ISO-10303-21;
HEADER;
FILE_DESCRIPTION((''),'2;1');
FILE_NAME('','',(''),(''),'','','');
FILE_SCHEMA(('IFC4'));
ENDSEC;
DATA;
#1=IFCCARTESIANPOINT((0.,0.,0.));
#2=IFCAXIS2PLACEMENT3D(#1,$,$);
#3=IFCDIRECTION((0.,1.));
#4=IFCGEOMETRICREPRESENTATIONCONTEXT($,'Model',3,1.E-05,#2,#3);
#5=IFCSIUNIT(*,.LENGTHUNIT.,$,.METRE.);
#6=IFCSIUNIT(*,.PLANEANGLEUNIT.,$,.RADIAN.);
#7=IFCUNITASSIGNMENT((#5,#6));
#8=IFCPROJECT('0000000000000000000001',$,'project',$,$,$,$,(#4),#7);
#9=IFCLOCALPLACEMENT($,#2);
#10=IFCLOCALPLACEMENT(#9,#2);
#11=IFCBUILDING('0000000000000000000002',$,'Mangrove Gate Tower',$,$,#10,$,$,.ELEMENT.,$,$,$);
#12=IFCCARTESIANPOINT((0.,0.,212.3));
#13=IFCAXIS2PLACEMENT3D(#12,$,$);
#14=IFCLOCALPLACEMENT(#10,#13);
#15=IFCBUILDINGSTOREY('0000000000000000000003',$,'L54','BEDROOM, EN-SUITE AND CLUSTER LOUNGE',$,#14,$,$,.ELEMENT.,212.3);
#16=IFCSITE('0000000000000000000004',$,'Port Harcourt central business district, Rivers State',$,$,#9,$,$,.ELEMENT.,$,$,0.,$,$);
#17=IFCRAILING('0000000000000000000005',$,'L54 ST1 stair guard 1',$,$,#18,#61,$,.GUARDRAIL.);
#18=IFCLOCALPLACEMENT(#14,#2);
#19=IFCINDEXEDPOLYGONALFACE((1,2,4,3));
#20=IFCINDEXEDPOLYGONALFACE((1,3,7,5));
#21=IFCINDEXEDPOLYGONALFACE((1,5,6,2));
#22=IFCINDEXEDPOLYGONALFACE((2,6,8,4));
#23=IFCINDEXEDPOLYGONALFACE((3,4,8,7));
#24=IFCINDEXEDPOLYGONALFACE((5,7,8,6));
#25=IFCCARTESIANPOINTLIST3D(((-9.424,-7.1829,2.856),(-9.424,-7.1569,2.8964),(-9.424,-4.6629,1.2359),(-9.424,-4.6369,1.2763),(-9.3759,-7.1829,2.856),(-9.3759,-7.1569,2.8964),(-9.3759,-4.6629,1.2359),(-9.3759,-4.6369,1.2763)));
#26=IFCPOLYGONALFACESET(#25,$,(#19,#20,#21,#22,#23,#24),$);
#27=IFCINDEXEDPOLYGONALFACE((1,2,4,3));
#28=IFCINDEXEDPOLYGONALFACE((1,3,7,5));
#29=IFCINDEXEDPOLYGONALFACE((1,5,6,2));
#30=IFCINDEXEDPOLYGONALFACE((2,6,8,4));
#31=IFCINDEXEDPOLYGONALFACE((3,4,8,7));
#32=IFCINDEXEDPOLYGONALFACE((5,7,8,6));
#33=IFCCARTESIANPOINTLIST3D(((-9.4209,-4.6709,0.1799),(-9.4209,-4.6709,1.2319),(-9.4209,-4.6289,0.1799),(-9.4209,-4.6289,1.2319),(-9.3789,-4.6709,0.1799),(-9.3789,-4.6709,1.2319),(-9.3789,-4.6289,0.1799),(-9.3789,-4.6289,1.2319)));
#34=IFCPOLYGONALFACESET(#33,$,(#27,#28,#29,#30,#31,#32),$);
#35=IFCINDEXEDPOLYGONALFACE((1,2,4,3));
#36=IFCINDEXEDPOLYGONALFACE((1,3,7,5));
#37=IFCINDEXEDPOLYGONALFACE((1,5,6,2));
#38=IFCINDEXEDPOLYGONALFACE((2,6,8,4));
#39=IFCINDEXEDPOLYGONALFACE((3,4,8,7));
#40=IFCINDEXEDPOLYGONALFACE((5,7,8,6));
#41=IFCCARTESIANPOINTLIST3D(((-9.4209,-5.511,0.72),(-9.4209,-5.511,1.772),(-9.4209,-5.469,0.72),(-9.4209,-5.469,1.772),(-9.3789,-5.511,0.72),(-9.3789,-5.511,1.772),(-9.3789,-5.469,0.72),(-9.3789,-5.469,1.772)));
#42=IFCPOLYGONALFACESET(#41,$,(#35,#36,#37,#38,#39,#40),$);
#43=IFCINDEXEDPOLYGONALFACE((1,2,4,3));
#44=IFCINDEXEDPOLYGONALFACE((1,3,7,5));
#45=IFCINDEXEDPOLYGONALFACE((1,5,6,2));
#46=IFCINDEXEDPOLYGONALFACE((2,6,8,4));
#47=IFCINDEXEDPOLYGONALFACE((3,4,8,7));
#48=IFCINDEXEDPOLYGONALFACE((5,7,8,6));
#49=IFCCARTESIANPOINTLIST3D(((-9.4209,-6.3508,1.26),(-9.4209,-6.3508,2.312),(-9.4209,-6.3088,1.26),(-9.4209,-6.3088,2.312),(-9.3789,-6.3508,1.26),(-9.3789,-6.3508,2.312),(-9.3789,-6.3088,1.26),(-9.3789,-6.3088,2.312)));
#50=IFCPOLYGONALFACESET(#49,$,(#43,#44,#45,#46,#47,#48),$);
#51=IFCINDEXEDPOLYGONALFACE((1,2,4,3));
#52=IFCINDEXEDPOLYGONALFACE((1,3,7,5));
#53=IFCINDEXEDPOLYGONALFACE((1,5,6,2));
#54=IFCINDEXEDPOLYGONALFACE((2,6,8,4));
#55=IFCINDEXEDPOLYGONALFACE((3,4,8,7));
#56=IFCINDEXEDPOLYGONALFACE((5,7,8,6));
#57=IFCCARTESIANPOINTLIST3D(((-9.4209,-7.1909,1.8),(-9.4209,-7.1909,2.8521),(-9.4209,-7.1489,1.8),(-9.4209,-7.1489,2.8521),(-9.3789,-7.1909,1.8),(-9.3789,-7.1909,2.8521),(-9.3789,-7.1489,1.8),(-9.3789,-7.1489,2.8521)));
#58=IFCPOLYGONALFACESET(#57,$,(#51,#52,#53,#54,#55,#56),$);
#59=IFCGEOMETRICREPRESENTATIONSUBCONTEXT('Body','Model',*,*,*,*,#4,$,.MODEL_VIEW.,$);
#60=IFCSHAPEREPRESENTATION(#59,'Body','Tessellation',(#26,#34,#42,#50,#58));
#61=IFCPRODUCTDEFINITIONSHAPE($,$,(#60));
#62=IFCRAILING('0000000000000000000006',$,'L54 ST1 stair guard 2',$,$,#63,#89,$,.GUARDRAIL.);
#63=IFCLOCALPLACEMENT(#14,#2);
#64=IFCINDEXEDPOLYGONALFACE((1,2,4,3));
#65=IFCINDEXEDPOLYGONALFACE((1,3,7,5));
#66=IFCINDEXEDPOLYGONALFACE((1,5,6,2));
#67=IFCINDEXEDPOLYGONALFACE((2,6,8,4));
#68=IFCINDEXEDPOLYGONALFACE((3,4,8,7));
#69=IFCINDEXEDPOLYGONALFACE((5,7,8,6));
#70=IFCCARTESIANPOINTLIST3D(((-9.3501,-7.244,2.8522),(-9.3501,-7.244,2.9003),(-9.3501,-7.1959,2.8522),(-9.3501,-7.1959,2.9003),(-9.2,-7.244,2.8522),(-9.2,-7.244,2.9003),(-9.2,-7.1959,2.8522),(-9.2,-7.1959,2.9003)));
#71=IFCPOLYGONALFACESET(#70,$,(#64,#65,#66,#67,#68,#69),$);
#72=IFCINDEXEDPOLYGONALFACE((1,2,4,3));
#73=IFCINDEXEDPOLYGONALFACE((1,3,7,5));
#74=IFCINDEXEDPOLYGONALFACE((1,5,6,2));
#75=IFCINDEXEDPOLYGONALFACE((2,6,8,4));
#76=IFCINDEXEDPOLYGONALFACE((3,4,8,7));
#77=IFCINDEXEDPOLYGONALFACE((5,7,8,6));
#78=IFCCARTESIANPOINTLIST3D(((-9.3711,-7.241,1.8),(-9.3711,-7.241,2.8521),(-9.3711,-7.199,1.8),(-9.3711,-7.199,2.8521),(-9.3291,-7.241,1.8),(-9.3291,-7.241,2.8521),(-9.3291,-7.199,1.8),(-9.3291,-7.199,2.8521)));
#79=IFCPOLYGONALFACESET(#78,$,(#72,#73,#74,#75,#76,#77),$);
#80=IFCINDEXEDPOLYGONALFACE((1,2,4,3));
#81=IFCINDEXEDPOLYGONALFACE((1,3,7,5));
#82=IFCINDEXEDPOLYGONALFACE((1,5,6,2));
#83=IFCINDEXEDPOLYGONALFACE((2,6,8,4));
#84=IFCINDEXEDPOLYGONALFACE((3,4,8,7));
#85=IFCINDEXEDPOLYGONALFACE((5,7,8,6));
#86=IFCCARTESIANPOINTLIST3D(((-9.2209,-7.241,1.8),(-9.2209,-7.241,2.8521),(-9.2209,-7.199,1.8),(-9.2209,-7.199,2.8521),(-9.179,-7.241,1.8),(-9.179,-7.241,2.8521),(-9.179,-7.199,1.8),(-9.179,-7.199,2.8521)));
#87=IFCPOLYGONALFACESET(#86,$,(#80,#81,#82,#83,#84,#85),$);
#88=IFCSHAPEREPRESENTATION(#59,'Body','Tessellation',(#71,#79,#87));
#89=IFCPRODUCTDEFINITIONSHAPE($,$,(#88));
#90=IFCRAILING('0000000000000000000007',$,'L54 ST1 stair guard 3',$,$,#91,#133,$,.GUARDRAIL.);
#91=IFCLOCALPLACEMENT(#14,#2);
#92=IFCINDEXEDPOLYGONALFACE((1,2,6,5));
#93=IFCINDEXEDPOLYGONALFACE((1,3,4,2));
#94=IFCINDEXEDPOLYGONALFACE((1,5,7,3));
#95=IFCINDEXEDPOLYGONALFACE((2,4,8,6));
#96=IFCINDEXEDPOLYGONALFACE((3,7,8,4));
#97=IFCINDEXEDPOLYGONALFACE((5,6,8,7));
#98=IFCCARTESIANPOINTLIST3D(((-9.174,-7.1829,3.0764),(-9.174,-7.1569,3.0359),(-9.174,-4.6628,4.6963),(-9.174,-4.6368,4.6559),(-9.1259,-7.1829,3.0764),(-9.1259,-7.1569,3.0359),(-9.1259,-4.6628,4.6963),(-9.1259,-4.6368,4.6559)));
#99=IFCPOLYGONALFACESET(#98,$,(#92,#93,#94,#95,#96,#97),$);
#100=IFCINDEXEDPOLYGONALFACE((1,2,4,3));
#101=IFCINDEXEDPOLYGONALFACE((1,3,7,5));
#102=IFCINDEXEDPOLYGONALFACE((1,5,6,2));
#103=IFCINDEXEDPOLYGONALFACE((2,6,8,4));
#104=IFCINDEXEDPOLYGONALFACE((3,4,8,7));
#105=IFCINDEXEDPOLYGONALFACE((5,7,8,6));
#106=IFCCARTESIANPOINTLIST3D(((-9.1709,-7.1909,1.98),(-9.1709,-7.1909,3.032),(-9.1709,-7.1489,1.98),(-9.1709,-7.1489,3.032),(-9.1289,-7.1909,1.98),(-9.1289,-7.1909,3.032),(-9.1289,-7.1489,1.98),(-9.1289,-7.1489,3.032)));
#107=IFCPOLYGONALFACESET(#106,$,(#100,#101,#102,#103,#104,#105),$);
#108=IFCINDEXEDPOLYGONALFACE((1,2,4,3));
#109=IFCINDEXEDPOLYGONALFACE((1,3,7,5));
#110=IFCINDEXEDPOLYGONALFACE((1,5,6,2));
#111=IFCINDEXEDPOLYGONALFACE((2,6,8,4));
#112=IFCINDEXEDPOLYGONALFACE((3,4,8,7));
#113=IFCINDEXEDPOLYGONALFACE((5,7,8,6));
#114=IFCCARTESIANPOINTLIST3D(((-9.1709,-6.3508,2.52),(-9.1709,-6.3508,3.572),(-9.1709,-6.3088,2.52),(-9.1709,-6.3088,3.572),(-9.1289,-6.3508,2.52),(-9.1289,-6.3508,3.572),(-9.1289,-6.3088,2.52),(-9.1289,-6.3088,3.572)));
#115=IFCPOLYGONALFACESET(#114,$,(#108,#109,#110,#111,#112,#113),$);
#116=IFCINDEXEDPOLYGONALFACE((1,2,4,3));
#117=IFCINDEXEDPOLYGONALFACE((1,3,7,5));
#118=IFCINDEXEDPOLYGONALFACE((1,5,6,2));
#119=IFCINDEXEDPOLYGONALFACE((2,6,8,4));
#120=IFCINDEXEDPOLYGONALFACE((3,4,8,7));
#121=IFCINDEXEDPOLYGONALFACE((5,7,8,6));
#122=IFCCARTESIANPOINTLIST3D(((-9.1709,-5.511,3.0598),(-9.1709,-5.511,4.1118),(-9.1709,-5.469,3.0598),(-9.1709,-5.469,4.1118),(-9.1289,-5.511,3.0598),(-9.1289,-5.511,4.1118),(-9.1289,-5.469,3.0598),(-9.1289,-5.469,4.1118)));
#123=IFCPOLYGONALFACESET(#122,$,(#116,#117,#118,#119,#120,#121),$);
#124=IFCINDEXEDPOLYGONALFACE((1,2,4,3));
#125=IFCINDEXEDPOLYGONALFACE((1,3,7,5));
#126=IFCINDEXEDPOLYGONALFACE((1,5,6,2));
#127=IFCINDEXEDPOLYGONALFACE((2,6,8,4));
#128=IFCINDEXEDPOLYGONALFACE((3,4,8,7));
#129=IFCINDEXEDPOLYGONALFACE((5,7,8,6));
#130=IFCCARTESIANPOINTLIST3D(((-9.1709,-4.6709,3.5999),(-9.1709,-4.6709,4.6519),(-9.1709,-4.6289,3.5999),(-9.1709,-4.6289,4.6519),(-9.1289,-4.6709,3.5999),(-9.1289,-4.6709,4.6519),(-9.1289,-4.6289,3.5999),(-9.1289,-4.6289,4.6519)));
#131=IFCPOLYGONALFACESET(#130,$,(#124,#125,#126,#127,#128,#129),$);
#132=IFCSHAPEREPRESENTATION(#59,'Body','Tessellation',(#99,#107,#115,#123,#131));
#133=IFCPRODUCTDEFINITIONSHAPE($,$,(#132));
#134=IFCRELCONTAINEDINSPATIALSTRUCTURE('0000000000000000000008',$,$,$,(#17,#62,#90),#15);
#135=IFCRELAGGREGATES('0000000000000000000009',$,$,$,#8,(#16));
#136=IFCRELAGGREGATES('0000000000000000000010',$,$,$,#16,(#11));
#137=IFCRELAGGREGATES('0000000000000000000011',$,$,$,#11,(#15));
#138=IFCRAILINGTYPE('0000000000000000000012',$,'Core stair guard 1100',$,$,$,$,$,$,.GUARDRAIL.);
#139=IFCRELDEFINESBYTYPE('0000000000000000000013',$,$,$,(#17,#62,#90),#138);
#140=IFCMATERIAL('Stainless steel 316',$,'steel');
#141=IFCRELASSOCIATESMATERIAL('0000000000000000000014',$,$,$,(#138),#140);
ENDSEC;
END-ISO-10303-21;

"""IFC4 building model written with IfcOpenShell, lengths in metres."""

from ifc_helpers import new_model, si_unit, direction, frame, origin, origin_2d, place, context, subcontext, project, spatial, rectangle, extrude, material, type_object, element, save


model = new_model("IFC4")

# Units and contexts
model_context = context("Model", 3, precision=1e-05, world=origin(), true_north=direction((0.0, 1.0)))
body_context = subcontext(model_context, "Body", "Model", "MODEL_VIEW")
ifc_project = project(units=[si_unit("LENGTHUNIT", "METRE"), si_unit("PLANEANGLEUNIT", "RADIAN")], contexts=[model_context])

# Site, building, storey
site_placement = place(None, origin())
site = spatial("IfcSite", under=ifc_project, at=site_placement, Name="Port Harcourt central business district, Rivers State", CompositionType="ELEMENT", RefElevation=0.0)
building_placement = place(site_placement, origin())
building = spatial("IfcBuilding", under=site, at=building_placement, Name="Mangrove Gate Tower", CompositionType="ELEMENT")
storey_placement = place(building_placement, frame((0.0, 0.0, 212.3)))
storey = spatial("IfcBuildingStorey", under=building, at=storey_placement, Name="L54", Description="BEDROOM, EN-SUITE AND CLUSTER LOUNGE", CompositionType="ELEMENT", Elevation=212.3)

# Railings
ifc_material_1 = material(Name="Stainless steel 316", Category="steel")
railing_type_1 = type_object("IfcRailingType", Name="Core stair guard 1100", PredefinedType="GUARDRAIL", material=ifc_material_1)
railing_1_placement = place(storey_placement, frame((-9.3999, -4.6499, 0.1799)))
element("IfcRailing", 1, at=railing_1_placement, inside=storey, type_object=railing_type_1, Name="L54 ST1 stair guard 1", PredefinedType="GUARDRAIL", context=body_context, shape_type="SweptSolid", body=[
    extrude(rectangle(XDim=0.0481, YDim=0.0481, at=origin_2d()), frame((0.0, 0.0, 1.0762), z_axis=(0.0, -0.841163, 0.540782), x_axis=(1.0, 0.0, 0.0)), (0.0, 0.0, 1.0), 2.9958),
    extrude(rectangle(XDim=0.042, YDim=0.042, at=origin_2d()), origin(), (0.0, 0.0, 1.0), 1.052),
    extrude(rectangle(XDim=0.042, YDim=0.042, at=origin_2d()), frame((0.0, -0.8401, 0.54)), (0.0, 0.0, 1.0), 1.052),
    extrude(rectangle(XDim=0.042, YDim=0.042, at=origin_2d()), frame((0.0, -1.6799, 1.0801)), (0.0, 0.0, 1.0), 1.052),
    extrude(rectangle(XDim=0.042, YDim=0.042, at=origin_2d()), frame((0.0, -2.52, 1.6201)), (0.0, 0.0, 1.0), 1.052),
])
railing_2_placement = place(storey_placement, frame((-9.3501, -7.22, 1.8)))
element("IfcRailing", 2, at=railing_2_placement, inside=storey, type_object=railing_type_1, Name="L54 ST1 stair guard 2", PredefinedType="GUARDRAIL", context=body_context, shape_type="SweptSolid", body=[
    extrude(rectangle(XDim=0.0481, YDim=0.0481, at=origin_2d()), frame((0.0, 0.0, 1.0762), z_axis=(1.0, 0.0, 0.0), x_axis=(0.0, 1.0, 0.0)), (0.0, 0.0, 1.0), 0.1501),
    extrude(rectangle(XDim=0.042, YDim=0.042, at=origin_2d()), origin(), (0.0, 0.0, 1.0), 1.052),
    extrude(rectangle(XDim=0.042, YDim=0.042, at=origin_2d()), frame((0.1501, 0.0, 0.0)), (0.0, 0.0, 1.0), 1.052),
])
railing_3_placement = place(storey_placement, frame((-9.1499, -7.1699, 1.98)))
element("IfcRailing", 3, at=railing_3_placement, inside=storey, type_object=railing_type_1, Name="L54 ST1 stair guard 3", PredefinedType="GUARDRAIL", context=body_context, shape_type="SweptSolid", body=[
    extrude(rectangle(XDim=0.0481, YDim=0.0481, at=origin_2d()), frame((0.0, 0.0, 1.0762), z_axis=(0.0, 0.8412, 0.540725), x_axis=(-1.0, 0.0, 0.0)), (0.0, 0.0, 1.0), 2.9958),
    extrude(rectangle(XDim=0.042, YDim=0.042, at=origin_2d()), origin(), (0.0, 0.0, 1.0), 1.052),
    extrude(rectangle(XDim=0.042, YDim=0.042, at=origin_2d()), frame((0.0, 0.8401, 0.54)), (0.0, 0.0, 1.0), 1.052),
    extrude(rectangle(XDim=0.042, YDim=0.042, at=origin_2d()), frame((0.0, 1.6799, 1.0798)), (0.0, 0.0, 1.0), 1.052),
    extrude(rectangle(XDim=0.042, YDim=0.042, at=origin_2d()), frame((0.0, 2.52, 1.6199)), (0.0, 0.0, 1.0), 1.052),
])

save(model, "model.ifc")
